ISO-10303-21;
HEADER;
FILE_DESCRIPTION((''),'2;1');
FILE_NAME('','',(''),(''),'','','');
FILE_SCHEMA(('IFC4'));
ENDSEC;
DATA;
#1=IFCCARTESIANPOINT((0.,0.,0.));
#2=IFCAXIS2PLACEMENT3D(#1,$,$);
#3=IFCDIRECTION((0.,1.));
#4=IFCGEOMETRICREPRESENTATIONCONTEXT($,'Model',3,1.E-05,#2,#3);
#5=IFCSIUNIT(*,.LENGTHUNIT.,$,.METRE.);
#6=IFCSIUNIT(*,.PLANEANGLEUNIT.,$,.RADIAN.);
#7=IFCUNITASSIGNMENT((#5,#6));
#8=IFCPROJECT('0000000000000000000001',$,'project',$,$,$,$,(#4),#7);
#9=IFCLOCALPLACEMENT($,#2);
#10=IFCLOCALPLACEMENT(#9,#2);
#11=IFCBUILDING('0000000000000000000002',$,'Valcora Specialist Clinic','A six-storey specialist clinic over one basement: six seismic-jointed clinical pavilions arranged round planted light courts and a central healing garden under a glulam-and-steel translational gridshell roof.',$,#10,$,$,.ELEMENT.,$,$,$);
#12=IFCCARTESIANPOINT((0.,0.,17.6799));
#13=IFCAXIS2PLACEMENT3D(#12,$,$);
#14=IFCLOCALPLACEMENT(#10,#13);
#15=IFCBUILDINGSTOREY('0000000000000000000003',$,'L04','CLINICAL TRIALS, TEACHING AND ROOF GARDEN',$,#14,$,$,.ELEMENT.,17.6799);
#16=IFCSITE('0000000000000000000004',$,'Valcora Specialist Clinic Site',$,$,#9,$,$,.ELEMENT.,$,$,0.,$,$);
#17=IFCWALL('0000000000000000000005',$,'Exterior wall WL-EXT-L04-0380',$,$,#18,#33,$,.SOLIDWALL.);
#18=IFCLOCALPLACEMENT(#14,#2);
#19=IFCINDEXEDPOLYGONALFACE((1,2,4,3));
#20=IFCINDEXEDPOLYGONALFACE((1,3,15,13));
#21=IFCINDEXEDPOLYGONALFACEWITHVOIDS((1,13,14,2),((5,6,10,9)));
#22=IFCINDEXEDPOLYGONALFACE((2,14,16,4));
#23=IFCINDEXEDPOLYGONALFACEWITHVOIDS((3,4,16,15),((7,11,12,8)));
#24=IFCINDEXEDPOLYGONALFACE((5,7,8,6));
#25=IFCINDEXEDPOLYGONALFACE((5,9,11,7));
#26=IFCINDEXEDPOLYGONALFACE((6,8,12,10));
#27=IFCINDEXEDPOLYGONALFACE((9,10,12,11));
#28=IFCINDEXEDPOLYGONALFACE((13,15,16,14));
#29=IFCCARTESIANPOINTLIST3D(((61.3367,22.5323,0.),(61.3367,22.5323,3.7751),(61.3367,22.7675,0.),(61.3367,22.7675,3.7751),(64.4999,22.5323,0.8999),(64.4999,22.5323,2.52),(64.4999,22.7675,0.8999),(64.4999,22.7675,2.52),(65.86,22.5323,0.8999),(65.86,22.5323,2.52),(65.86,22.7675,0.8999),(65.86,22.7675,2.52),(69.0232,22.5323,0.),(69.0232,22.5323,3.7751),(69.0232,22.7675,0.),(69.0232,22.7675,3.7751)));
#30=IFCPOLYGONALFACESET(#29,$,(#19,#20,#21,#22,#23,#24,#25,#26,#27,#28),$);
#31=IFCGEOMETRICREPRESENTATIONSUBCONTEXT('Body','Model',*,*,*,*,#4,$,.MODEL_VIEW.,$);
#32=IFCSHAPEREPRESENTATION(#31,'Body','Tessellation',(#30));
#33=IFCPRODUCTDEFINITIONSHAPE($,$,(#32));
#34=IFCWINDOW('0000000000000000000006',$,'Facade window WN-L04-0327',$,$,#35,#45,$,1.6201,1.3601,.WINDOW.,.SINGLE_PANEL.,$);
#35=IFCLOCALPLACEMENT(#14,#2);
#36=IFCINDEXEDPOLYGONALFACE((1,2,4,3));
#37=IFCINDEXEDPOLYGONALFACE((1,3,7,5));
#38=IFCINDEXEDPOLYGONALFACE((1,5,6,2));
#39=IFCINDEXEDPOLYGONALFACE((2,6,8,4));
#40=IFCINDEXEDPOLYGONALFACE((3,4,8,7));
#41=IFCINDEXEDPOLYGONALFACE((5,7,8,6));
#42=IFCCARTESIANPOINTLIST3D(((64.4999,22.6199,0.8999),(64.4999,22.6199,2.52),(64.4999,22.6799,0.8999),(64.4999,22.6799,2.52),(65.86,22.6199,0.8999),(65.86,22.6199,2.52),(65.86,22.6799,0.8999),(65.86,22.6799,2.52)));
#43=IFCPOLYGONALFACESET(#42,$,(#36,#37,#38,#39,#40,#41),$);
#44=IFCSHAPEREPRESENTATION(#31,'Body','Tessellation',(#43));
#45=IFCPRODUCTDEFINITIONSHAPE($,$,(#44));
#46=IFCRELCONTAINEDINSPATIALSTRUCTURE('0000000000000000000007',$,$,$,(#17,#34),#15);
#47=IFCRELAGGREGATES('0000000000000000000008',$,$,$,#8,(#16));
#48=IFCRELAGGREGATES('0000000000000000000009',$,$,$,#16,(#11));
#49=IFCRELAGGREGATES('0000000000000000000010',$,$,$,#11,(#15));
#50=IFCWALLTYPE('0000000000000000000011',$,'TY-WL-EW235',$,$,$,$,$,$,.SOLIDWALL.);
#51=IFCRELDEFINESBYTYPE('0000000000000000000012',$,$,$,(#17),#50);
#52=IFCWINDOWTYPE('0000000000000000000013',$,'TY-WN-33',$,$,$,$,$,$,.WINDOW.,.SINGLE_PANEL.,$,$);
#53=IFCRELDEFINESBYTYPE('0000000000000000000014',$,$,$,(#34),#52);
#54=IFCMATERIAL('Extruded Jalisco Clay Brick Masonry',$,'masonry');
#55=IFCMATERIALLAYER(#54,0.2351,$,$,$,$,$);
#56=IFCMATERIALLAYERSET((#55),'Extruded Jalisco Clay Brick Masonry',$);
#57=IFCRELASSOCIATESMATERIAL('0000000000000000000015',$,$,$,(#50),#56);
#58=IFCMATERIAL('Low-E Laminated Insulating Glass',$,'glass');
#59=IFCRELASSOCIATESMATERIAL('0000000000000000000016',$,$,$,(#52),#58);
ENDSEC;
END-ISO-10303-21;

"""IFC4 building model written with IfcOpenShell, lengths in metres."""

from ifc_helpers import new_model, si_unit, direction, frame, frame_2d, origin, place, context, subcontext, project, spatial, rectangle, extrude, material, layer, layer_set, type_object, element, fill, save


model = new_model("IFC4")

# Units and contexts
model_context = context("Model", 3, precision=1e-05, world=origin(), true_north=direction((0.0, 1.0)))
body_context = subcontext(model_context, "Body", "Model", "MODEL_VIEW")
ifc_project = project(units=[si_unit("LENGTHUNIT", "METRE"), si_unit("PLANEANGLEUNIT", "RADIAN")], contexts=[model_context])

# Site, building, storey
site_placement = place(None, origin())
site = spatial("IfcSite", under=ifc_project, at=site_placement, Name="Valcora Specialist Clinic Site", CompositionType="ELEMENT", RefElevation=0.0)
building_placement = place(site_placement, origin())
building = spatial("IfcBuilding", under=site, at=building_placement, Name="Valcora Specialist Clinic", Description="A six-storey specialist clinic over one basement: six seismic-jointed clinical pavilions arranged round planted light courts and a central healing garden under a glulam-and-steel translational gridshell roof.", CompositionType="ELEMENT")
storey_placement = place(building_placement, frame((0.0, 0.0, 17.6799)))
storey = spatial("IfcBuildingStorey", under=building, at=storey_placement, Name="L04", Description="CLINICAL TRIALS, TEACHING AND ROOF GARDEN", CompositionType="ELEMENT", Elevation=17.6799)

# Shared definitions
ifc_material_1 = material(Name="Low-E Laminated Insulating Glass", Category="glass")

# Wall, opening, window
ifc_material_2 = material(Name="Extruded Jalisco Clay Brick Masonry", Category="masonry")
ifc_layer_1 = layer(ifc_material_2, 0.2351)
ifc_layer_set_1 = layer_set([ifc_layer_1], Name="Extruded Jalisco Clay Brick Masonry")
wall_type_1 = type_object("IfcWallType", Name="TY-WL-EW235", PredefinedType="SOLIDWALL", material=ifc_layer_set_1)
wall_1_placement = place(storey_placement, frame((61.3367, 22.6499, 0.0), z_axis=(0.0, 0.0, 1.0), x_axis=(1.0, 0.0, 0.0)))
wall_1 = element("IfcWall", 1, at=wall_1_placement, inside=storey, type_object=wall_type_1, Name="Exterior wall WL-EXT-L04-0380", PredefinedType="SOLIDWALL", context=body_context, shape_type="SweptSolid", body=[
    extrude(rectangle(XDim=7.6865, YDim=0.2351, at=frame_2d((3.8433, 0.0))), origin(), (0.0, 0.0, 1.0), 3.7751),
])
opening_1_placement = place(wall_1_placement, frame((3.1631, 0.0, 0.8999)))
opening_1 = element("IfcOpeningElement", 2, at=opening_1_placement, cuts=wall_1, PredefinedType="OPENING", context=body_context, shape_type="SweptSolid", body=[
    extrude(rectangle(XDim=1.3601, YDim=1.6201, at=frame_2d((0.6802, 0.8101))), frame((0.0, 0.1274, 0.0), z_axis=(0.0, -1.0, 0.0), x_axis=(1.0, 0.0, 0.0)), (0.0, 0.0, 1.0), 0.2551),
])
window_type = type_object("IfcWindowType", Name="TY-WN-33", PartitioningType="SINGLE_PANEL", PredefinedType="WINDOW", material=ifc_material_1)
window_placement = place(opening_1_placement, origin())
window = element("IfcWindow", 3, at=window_placement, inside=storey, type_object=window_type, Name="Facade window WN-L04-0327", OverallHeight=1.6201, OverallWidth=1.3601, PartitioningType="SINGLE_PANEL", PredefinedType="WINDOW", context=body_context, shape_type="SweptSolid", body=[
    extrude(rectangle(XDim=1.3601, YDim=1.6201, at=frame_2d((0.6802, 0.8101))), frame((0.0, 0.03, 0.0), z_axis=(0.0, -1.0, 0.0), x_axis=(1.0, 0.0, 0.0)), (0.0, 0.0, 1.0), 0.0601),
])
fill(opening_1, window)

save(model, "model.ifc")
